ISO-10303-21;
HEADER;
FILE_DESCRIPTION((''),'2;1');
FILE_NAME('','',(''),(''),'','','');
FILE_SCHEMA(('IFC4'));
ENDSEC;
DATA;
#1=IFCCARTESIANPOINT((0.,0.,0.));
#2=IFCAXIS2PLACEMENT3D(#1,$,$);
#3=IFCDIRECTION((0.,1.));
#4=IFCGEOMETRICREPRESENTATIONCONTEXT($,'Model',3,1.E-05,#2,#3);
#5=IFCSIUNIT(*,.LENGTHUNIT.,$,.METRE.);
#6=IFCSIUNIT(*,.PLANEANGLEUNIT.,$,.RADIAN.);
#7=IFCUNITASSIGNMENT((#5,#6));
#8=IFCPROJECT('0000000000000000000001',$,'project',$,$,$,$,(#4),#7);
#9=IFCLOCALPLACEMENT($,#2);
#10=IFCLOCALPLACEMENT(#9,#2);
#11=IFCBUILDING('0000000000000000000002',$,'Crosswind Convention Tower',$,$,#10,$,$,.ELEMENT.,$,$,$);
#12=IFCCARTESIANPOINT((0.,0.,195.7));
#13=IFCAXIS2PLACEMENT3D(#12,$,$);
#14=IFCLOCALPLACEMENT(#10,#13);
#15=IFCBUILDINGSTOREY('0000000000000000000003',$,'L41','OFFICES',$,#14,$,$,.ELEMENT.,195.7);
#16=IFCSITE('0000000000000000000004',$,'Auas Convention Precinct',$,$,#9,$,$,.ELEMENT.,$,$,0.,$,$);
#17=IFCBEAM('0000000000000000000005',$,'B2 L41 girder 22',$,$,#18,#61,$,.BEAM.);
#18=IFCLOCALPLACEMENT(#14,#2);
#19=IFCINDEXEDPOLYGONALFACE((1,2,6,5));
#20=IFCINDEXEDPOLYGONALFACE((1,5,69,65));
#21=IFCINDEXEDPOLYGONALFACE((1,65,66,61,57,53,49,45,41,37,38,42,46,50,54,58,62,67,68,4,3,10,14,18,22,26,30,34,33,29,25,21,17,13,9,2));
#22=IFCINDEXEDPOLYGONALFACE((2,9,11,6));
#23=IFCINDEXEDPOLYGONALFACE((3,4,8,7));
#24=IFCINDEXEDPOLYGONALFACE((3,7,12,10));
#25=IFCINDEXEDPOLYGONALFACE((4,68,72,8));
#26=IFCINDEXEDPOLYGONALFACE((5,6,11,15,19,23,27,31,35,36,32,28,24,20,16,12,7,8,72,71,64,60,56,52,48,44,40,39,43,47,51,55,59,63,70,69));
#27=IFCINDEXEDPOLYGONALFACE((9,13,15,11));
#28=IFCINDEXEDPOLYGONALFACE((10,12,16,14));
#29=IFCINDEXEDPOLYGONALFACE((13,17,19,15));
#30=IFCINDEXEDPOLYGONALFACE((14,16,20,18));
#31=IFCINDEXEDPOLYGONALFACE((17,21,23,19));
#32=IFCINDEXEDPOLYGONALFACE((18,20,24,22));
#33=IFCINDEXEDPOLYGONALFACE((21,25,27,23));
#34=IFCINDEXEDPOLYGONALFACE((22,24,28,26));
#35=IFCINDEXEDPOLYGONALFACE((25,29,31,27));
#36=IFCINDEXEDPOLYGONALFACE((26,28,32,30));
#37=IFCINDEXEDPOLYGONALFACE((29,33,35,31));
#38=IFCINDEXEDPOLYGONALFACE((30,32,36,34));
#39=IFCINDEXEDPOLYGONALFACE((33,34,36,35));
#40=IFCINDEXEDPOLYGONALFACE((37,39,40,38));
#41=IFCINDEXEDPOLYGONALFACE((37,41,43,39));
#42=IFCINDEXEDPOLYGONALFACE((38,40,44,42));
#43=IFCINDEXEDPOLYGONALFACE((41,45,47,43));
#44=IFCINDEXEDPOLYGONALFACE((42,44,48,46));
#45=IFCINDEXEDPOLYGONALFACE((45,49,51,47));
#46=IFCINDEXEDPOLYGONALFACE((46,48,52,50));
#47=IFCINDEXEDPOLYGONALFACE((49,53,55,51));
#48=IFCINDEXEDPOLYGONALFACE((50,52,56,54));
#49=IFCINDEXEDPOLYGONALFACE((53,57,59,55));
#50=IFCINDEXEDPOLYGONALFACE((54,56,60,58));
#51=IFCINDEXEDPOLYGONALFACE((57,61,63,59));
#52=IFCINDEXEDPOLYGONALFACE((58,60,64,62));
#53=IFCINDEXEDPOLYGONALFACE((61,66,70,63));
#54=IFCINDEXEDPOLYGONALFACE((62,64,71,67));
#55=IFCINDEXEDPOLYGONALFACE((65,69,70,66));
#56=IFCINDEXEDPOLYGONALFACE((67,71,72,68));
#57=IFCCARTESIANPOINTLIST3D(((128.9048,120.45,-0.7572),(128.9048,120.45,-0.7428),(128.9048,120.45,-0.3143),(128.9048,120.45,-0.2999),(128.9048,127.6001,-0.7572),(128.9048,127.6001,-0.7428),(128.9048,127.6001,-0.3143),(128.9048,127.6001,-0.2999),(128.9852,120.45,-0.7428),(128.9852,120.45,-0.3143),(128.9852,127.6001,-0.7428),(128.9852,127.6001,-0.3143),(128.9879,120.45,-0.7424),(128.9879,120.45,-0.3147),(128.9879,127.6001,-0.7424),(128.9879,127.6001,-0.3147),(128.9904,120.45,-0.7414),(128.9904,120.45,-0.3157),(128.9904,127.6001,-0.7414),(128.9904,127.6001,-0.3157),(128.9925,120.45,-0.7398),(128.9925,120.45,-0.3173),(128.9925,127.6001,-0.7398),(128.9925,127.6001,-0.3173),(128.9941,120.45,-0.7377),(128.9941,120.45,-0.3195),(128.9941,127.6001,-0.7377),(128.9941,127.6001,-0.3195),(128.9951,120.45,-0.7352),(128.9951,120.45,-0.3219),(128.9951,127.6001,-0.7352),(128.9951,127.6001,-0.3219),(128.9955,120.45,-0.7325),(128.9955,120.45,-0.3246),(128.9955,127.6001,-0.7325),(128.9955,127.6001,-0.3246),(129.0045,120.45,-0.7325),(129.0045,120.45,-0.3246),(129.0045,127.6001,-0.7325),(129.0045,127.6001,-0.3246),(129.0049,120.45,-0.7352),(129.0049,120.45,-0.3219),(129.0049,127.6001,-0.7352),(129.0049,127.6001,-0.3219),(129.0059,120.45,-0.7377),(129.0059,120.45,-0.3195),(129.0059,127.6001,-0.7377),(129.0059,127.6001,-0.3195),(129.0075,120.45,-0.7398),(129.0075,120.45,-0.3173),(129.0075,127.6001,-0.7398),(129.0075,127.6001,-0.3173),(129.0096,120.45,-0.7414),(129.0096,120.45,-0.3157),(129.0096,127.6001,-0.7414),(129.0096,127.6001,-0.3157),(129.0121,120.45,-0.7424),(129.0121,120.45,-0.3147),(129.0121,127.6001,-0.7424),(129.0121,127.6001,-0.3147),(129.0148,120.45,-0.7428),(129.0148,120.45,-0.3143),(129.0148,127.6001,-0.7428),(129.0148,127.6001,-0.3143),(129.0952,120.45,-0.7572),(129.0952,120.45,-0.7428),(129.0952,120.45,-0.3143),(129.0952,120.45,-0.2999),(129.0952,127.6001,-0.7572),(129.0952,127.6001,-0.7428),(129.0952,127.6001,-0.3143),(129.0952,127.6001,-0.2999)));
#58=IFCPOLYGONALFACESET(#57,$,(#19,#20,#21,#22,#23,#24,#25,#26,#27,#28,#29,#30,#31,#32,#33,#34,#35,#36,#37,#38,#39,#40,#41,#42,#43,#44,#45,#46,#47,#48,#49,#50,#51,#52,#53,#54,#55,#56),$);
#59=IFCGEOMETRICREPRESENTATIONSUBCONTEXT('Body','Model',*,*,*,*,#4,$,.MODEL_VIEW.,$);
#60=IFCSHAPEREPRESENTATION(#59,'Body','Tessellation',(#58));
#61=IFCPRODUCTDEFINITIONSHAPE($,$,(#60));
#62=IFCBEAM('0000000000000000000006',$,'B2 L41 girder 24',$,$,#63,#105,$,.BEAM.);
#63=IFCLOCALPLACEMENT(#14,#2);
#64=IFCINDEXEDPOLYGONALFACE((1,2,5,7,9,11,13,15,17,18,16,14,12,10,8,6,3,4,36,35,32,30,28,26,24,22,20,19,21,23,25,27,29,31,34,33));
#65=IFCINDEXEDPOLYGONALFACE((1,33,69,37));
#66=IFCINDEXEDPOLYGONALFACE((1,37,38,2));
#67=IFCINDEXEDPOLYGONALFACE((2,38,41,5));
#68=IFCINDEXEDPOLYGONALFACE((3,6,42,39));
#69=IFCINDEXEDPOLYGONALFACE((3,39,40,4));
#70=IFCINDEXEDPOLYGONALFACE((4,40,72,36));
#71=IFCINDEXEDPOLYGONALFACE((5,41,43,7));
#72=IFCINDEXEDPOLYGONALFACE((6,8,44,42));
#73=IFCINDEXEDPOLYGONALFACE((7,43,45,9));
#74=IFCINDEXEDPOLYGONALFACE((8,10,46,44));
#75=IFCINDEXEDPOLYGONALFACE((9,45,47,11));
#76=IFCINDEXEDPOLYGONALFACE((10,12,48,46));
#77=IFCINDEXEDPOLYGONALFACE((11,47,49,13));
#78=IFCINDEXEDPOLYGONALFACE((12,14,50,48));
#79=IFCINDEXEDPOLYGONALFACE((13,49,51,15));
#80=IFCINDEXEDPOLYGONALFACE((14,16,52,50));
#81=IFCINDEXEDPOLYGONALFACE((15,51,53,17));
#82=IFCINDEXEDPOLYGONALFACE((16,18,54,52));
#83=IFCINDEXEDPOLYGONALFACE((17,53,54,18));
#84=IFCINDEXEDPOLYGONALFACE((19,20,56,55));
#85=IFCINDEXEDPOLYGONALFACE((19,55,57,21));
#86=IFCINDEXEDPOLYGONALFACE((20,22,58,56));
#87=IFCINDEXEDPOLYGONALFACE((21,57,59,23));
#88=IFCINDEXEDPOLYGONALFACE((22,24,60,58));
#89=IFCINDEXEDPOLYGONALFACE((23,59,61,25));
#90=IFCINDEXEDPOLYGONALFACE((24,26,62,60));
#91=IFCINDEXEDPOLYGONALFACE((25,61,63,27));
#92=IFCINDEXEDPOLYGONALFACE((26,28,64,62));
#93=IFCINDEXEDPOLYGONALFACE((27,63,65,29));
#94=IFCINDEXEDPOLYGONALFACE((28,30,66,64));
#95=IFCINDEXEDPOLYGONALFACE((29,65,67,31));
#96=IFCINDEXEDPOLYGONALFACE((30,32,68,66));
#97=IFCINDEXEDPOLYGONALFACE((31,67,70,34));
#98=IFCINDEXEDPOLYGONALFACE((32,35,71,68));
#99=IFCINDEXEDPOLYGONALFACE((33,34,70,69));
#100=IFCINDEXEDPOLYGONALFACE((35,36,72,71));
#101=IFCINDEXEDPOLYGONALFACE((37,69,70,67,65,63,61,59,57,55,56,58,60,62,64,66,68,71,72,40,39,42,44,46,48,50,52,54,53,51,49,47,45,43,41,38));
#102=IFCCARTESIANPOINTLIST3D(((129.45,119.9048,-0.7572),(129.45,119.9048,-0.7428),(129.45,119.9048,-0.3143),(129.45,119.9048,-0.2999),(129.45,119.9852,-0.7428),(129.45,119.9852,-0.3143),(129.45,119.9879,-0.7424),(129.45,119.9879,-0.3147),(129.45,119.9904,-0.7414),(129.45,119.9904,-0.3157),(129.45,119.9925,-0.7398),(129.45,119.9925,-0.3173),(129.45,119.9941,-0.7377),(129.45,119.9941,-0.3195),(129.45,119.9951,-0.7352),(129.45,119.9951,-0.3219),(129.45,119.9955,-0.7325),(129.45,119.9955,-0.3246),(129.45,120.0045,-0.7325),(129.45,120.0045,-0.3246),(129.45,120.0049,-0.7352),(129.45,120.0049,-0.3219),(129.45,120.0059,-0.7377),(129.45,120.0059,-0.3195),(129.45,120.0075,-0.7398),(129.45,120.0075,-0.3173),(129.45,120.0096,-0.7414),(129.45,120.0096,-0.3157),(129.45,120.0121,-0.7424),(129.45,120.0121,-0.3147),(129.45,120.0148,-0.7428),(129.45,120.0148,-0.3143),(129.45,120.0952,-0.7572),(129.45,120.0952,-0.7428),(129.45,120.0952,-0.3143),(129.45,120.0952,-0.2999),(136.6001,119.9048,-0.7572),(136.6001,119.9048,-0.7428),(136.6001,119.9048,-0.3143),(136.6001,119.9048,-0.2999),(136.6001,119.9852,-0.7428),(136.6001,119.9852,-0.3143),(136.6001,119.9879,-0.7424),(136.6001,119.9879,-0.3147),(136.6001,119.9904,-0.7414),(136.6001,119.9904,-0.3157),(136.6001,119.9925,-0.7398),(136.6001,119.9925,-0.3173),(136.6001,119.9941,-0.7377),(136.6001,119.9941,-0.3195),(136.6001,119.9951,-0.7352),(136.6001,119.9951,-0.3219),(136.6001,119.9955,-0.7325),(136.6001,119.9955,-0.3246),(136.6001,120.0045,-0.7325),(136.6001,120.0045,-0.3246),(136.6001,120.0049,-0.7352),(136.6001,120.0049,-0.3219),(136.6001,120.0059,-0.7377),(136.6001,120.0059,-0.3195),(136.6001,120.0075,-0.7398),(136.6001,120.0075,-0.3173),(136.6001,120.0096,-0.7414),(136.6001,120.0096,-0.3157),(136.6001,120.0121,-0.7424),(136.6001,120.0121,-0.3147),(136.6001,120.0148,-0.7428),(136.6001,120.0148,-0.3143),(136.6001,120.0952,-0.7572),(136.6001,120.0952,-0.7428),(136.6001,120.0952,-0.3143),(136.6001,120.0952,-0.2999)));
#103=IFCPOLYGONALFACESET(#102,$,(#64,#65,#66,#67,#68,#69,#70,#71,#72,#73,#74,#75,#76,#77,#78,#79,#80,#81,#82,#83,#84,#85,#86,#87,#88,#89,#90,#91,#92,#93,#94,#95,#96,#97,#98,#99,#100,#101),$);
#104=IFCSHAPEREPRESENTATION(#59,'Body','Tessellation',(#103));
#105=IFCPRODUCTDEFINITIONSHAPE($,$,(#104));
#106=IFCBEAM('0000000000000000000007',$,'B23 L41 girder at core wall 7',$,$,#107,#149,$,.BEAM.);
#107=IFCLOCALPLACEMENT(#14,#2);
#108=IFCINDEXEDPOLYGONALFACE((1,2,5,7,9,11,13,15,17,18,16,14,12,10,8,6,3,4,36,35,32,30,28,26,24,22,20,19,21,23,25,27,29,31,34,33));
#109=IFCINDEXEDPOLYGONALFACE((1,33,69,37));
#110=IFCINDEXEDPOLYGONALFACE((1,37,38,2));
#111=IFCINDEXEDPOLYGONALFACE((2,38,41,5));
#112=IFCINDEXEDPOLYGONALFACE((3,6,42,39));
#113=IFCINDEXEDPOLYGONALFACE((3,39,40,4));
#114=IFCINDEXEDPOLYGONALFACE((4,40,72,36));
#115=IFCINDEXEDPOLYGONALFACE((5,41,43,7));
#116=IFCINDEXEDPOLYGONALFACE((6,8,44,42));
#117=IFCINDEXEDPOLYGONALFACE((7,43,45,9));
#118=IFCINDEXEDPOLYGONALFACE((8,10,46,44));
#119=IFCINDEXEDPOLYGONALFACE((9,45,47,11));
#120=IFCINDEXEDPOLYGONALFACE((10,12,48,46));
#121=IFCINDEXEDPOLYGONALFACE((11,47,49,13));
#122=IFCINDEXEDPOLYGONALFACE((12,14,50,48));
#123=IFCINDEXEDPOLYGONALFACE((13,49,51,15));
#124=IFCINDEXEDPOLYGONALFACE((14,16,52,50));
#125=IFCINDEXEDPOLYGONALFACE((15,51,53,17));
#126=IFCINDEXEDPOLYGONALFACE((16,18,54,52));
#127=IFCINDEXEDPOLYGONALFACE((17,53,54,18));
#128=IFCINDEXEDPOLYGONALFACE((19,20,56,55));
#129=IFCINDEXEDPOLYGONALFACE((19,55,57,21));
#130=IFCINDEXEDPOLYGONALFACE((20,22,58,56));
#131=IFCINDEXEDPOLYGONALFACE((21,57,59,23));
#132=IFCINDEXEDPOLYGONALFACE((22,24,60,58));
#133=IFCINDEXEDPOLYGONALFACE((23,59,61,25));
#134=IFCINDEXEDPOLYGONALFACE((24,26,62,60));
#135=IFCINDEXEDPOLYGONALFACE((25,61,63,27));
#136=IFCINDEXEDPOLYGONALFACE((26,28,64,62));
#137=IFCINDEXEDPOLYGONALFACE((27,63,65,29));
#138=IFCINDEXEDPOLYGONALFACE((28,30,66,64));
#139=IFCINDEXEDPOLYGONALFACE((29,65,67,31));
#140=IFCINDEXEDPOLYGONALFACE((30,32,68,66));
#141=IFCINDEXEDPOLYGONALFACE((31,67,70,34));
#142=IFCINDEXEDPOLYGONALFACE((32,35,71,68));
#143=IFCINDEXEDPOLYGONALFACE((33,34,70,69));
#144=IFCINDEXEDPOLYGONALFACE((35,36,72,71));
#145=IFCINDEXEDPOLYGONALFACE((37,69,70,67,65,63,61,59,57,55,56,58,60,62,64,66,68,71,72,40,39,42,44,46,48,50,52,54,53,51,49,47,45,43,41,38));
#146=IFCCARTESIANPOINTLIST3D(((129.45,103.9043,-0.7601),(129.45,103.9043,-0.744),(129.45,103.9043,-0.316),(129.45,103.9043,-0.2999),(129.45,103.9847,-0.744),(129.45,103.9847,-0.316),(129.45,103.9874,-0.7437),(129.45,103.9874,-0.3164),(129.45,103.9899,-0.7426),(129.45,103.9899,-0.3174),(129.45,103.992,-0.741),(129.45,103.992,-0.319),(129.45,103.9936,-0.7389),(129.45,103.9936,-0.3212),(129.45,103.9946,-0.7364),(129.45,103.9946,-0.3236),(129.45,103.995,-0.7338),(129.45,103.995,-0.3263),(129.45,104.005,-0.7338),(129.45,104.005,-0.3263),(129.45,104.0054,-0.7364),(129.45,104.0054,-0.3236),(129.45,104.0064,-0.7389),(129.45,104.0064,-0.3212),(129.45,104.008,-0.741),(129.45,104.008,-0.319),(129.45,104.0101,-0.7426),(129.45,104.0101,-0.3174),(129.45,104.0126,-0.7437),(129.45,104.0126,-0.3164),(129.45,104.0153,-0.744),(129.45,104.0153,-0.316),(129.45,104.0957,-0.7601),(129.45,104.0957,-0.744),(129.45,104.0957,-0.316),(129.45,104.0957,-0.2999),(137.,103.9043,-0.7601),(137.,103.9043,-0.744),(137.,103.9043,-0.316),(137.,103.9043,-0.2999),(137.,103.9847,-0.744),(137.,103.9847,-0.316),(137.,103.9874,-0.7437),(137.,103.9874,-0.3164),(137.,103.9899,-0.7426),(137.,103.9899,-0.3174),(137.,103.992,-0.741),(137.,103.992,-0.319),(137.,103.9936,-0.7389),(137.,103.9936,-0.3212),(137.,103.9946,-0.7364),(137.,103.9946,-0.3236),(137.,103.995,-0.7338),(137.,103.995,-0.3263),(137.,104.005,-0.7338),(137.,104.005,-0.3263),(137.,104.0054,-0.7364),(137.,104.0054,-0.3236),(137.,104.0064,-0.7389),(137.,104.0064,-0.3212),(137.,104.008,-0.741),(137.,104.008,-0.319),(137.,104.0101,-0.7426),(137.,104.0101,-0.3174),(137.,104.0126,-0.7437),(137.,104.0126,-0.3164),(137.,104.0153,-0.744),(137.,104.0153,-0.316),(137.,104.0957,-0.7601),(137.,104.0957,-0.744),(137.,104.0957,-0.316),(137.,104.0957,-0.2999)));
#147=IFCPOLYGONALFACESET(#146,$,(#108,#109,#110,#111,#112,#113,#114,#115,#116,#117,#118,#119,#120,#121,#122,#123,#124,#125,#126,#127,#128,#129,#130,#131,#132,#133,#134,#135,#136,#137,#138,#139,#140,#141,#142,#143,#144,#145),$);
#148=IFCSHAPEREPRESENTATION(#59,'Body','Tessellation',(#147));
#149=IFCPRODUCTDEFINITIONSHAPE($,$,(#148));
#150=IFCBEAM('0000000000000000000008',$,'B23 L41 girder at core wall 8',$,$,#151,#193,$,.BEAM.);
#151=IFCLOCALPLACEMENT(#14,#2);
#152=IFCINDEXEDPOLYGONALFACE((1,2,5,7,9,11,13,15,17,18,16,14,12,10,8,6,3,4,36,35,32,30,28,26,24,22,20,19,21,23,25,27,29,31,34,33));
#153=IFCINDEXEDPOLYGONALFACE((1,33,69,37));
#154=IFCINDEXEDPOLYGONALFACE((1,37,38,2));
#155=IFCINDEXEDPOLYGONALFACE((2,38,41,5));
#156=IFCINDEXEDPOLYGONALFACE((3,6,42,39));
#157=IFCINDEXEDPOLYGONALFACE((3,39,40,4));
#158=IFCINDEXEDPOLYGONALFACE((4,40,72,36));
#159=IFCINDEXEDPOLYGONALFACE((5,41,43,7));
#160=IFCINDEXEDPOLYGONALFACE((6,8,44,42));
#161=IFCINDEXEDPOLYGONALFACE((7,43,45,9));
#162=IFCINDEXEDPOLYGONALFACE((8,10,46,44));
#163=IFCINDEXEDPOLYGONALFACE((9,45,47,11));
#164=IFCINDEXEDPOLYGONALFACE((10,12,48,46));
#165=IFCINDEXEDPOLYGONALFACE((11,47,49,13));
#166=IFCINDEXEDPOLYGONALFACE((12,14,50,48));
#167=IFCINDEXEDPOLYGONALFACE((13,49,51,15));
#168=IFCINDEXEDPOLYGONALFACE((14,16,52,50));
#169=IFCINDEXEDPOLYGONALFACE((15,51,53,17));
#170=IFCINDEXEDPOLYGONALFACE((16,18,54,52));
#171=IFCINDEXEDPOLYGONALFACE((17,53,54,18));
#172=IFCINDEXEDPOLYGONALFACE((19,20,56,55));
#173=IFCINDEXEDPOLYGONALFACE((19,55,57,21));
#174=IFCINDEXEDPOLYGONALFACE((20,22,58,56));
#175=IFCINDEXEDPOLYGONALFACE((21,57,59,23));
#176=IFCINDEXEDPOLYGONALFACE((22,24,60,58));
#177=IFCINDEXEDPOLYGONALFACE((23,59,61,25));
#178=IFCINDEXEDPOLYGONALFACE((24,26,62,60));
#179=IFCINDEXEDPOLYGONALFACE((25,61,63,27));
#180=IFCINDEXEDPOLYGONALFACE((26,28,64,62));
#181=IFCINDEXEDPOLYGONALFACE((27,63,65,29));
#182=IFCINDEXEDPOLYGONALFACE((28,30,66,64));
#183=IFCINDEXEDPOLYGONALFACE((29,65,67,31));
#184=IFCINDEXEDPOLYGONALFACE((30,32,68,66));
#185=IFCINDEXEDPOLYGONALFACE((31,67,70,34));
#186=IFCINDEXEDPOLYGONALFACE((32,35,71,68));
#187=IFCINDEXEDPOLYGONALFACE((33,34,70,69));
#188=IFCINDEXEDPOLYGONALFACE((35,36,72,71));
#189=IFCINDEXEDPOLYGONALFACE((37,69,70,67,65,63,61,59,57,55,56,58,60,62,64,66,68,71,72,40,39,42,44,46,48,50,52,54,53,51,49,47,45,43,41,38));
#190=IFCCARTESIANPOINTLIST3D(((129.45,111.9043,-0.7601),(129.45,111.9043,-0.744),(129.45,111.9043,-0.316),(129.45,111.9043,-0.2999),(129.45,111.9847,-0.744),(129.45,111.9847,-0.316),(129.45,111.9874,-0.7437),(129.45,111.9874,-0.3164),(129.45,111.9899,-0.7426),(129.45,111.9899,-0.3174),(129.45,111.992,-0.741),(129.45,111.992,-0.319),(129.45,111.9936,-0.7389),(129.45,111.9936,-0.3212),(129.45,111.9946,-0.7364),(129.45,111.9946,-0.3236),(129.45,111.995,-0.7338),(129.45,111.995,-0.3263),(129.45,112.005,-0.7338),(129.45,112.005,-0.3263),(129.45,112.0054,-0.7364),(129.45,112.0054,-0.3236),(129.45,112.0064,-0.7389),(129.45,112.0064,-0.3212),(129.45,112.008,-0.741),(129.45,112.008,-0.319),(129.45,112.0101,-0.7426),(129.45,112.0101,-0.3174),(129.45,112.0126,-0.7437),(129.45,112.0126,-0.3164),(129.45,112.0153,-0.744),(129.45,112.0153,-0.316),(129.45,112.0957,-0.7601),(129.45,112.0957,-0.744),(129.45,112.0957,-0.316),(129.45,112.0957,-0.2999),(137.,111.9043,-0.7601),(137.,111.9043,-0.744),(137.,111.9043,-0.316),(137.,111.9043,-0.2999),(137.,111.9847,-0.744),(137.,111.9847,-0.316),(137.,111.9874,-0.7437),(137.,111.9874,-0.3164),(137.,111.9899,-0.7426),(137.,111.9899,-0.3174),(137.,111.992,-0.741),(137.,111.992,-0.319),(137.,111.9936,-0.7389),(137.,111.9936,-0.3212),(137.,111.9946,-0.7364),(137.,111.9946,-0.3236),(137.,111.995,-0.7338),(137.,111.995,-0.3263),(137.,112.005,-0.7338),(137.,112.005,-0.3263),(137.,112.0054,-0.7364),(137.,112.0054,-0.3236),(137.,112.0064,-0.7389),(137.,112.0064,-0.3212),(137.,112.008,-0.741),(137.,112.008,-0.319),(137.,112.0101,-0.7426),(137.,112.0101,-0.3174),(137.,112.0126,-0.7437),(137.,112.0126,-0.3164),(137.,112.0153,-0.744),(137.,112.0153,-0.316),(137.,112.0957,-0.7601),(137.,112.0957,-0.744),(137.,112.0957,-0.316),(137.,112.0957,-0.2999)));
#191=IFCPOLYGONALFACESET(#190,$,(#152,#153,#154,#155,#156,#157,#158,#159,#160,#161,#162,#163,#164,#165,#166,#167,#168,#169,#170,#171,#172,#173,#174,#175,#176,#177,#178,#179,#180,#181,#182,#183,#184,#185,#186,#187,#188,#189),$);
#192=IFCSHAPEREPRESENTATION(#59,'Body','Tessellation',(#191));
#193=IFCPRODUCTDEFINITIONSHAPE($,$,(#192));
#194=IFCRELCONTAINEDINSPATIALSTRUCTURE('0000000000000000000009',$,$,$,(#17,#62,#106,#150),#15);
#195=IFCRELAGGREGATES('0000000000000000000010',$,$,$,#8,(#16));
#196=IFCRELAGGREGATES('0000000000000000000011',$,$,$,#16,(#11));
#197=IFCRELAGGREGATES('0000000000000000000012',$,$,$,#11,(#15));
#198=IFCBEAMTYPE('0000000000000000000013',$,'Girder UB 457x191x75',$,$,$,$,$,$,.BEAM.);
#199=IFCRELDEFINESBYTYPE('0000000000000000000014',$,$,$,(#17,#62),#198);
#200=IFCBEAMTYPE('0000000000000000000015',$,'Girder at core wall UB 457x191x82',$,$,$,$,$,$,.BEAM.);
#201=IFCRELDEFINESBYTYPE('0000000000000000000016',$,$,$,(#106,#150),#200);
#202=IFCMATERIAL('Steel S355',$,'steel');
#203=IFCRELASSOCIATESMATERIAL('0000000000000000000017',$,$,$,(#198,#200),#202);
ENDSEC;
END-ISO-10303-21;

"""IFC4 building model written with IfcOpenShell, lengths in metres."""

from ifc_helpers import new_model, si_unit, direction, frame, origin, origin_2d, place, context, subcontext, project, spatial, i_section, extrude, material, material_profile, profile_set, type_object, element, save


model = new_model("IFC4")

# Units and contexts
model_context = context("Model", 3, precision=1e-05, world=origin(), true_north=direction((0.0, 1.0)))
body_context = subcontext(model_context, "Body", "Model", "MODEL_VIEW")
ifc_project = project(units=[si_unit("LENGTHUNIT", "METRE"), si_unit("PLANEANGLEUNIT", "RADIAN")], contexts=[model_context])

# Site, building, storey
site_placement = place(None, origin())
site = spatial("IfcSite", under=ifc_project, at=site_placement, Name="Auas Convention Precinct", CompositionType="ELEMENT", RefElevation=0.0)
building_placement = place(site_placement, origin())
building = spatial("IfcBuilding", under=site, at=building_placement, Name="Crosswind Convention Tower", CompositionType="ELEMENT")
storey_placement = place(building_placement, frame((0.0, 0.0, 195.7)))
storey = spatial("IfcBuildingStorey", under=building, at=storey_placement, Name="L41", Description="OFFICES", CompositionType="ELEMENT", Elevation=195.7)

# Beams
ifc_material_1 = material(Name="Steel S355", Category="steel")
ifc_material_profile_1 = material_profile(ifc_material_1, i_section(OverallWidth=0.1904, OverallDepth=0.4573, WebThickness=0.009, FlangeThickness=0.0144, FilletRadius=0.0103, at=origin_2d()), Name="UB 457x191x75")
ifc_profile_set_1 = profile_set([ifc_material_profile_1], Name="Steel S355")
beam_type_1 = type_object("IfcBeamType", Name="Girder UB 457x191x75", PredefinedType="BEAM", material=ifc_profile_set_1)
for number, where, z_axis, x_axis, name in (
    (1, (129.0, 120.45, -0.5286), (0.0, 1.0, 0.0), (-1.0, 0.0, 0.0), "B2 L41 girder 22"),
    (2, (129.45, 120.0, -0.5286), (1.0, 0.0, 0.0), (0.0, 1.0, 0.0), "B2 L41 girder 24"),
):
    element("IfcBeam", number, at=place(storey_placement, frame(where, z_axis=z_axis, x_axis=x_axis)), inside=storey, type_object=beam_type_1, Name=name, PredefinedType="BEAM", context=body_context, shape_type="SweptSolid", body=[
        extrude(i_section(OverallWidth=0.1904, OverallDepth=0.4573, WebThickness=0.009, FlangeThickness=0.0144, FilletRadius=0.0103, at=origin_2d()), origin(), (0.0, 0.0, 1.0), 7.1501),
    ])
ifc_material_profile_2 = material_profile(ifc_material_1, i_section(OverallWidth=0.1914, OverallDepth=0.4602, WebThickness=0.01, FlangeThickness=0.0161, FilletRadius=0.0103, at=origin_2d()), Name="UB 457x191x82")
ifc_profile_set_2 = profile_set([ifc_material_profile_2], Name="Steel S355")
beam_type_2 = type_object("IfcBeamType", Name="Girder at core wall UB 457x191x82", PredefinedType="BEAM", material=ifc_profile_set_2)
for number, where, z_axis, x_axis, name in (
    (3, (129.45, 104.0, -0.53), (1.0, 0.0, 0.0), (0.0, 1.0, 0.0), "B23 L41 girder at core wall 7"),
    (4, (129.45, 112.0, -0.53), (1.0, 0.0, 0.0), (0.0, 1.0, 0.0), "B23 L41 girder at core wall 8"),
):
    element("IfcBeam", number, at=place(storey_placement, frame(where, z_axis=z_axis, x_axis=x_axis)), inside=storey, type_object=beam_type_2, Name=name, PredefinedType="BEAM", context=body_context, shape_type="SweptSolid", body=[
        extrude(i_section(OverallWidth=0.1914, OverallDepth=0.4602, WebThickness=0.01, FlangeThickness=0.0161, FilletRadius=0.0103, at=origin_2d()), origin(), (0.0, 0.0, 1.0), 7.55),
    ])

save(model, "model.ifc")
